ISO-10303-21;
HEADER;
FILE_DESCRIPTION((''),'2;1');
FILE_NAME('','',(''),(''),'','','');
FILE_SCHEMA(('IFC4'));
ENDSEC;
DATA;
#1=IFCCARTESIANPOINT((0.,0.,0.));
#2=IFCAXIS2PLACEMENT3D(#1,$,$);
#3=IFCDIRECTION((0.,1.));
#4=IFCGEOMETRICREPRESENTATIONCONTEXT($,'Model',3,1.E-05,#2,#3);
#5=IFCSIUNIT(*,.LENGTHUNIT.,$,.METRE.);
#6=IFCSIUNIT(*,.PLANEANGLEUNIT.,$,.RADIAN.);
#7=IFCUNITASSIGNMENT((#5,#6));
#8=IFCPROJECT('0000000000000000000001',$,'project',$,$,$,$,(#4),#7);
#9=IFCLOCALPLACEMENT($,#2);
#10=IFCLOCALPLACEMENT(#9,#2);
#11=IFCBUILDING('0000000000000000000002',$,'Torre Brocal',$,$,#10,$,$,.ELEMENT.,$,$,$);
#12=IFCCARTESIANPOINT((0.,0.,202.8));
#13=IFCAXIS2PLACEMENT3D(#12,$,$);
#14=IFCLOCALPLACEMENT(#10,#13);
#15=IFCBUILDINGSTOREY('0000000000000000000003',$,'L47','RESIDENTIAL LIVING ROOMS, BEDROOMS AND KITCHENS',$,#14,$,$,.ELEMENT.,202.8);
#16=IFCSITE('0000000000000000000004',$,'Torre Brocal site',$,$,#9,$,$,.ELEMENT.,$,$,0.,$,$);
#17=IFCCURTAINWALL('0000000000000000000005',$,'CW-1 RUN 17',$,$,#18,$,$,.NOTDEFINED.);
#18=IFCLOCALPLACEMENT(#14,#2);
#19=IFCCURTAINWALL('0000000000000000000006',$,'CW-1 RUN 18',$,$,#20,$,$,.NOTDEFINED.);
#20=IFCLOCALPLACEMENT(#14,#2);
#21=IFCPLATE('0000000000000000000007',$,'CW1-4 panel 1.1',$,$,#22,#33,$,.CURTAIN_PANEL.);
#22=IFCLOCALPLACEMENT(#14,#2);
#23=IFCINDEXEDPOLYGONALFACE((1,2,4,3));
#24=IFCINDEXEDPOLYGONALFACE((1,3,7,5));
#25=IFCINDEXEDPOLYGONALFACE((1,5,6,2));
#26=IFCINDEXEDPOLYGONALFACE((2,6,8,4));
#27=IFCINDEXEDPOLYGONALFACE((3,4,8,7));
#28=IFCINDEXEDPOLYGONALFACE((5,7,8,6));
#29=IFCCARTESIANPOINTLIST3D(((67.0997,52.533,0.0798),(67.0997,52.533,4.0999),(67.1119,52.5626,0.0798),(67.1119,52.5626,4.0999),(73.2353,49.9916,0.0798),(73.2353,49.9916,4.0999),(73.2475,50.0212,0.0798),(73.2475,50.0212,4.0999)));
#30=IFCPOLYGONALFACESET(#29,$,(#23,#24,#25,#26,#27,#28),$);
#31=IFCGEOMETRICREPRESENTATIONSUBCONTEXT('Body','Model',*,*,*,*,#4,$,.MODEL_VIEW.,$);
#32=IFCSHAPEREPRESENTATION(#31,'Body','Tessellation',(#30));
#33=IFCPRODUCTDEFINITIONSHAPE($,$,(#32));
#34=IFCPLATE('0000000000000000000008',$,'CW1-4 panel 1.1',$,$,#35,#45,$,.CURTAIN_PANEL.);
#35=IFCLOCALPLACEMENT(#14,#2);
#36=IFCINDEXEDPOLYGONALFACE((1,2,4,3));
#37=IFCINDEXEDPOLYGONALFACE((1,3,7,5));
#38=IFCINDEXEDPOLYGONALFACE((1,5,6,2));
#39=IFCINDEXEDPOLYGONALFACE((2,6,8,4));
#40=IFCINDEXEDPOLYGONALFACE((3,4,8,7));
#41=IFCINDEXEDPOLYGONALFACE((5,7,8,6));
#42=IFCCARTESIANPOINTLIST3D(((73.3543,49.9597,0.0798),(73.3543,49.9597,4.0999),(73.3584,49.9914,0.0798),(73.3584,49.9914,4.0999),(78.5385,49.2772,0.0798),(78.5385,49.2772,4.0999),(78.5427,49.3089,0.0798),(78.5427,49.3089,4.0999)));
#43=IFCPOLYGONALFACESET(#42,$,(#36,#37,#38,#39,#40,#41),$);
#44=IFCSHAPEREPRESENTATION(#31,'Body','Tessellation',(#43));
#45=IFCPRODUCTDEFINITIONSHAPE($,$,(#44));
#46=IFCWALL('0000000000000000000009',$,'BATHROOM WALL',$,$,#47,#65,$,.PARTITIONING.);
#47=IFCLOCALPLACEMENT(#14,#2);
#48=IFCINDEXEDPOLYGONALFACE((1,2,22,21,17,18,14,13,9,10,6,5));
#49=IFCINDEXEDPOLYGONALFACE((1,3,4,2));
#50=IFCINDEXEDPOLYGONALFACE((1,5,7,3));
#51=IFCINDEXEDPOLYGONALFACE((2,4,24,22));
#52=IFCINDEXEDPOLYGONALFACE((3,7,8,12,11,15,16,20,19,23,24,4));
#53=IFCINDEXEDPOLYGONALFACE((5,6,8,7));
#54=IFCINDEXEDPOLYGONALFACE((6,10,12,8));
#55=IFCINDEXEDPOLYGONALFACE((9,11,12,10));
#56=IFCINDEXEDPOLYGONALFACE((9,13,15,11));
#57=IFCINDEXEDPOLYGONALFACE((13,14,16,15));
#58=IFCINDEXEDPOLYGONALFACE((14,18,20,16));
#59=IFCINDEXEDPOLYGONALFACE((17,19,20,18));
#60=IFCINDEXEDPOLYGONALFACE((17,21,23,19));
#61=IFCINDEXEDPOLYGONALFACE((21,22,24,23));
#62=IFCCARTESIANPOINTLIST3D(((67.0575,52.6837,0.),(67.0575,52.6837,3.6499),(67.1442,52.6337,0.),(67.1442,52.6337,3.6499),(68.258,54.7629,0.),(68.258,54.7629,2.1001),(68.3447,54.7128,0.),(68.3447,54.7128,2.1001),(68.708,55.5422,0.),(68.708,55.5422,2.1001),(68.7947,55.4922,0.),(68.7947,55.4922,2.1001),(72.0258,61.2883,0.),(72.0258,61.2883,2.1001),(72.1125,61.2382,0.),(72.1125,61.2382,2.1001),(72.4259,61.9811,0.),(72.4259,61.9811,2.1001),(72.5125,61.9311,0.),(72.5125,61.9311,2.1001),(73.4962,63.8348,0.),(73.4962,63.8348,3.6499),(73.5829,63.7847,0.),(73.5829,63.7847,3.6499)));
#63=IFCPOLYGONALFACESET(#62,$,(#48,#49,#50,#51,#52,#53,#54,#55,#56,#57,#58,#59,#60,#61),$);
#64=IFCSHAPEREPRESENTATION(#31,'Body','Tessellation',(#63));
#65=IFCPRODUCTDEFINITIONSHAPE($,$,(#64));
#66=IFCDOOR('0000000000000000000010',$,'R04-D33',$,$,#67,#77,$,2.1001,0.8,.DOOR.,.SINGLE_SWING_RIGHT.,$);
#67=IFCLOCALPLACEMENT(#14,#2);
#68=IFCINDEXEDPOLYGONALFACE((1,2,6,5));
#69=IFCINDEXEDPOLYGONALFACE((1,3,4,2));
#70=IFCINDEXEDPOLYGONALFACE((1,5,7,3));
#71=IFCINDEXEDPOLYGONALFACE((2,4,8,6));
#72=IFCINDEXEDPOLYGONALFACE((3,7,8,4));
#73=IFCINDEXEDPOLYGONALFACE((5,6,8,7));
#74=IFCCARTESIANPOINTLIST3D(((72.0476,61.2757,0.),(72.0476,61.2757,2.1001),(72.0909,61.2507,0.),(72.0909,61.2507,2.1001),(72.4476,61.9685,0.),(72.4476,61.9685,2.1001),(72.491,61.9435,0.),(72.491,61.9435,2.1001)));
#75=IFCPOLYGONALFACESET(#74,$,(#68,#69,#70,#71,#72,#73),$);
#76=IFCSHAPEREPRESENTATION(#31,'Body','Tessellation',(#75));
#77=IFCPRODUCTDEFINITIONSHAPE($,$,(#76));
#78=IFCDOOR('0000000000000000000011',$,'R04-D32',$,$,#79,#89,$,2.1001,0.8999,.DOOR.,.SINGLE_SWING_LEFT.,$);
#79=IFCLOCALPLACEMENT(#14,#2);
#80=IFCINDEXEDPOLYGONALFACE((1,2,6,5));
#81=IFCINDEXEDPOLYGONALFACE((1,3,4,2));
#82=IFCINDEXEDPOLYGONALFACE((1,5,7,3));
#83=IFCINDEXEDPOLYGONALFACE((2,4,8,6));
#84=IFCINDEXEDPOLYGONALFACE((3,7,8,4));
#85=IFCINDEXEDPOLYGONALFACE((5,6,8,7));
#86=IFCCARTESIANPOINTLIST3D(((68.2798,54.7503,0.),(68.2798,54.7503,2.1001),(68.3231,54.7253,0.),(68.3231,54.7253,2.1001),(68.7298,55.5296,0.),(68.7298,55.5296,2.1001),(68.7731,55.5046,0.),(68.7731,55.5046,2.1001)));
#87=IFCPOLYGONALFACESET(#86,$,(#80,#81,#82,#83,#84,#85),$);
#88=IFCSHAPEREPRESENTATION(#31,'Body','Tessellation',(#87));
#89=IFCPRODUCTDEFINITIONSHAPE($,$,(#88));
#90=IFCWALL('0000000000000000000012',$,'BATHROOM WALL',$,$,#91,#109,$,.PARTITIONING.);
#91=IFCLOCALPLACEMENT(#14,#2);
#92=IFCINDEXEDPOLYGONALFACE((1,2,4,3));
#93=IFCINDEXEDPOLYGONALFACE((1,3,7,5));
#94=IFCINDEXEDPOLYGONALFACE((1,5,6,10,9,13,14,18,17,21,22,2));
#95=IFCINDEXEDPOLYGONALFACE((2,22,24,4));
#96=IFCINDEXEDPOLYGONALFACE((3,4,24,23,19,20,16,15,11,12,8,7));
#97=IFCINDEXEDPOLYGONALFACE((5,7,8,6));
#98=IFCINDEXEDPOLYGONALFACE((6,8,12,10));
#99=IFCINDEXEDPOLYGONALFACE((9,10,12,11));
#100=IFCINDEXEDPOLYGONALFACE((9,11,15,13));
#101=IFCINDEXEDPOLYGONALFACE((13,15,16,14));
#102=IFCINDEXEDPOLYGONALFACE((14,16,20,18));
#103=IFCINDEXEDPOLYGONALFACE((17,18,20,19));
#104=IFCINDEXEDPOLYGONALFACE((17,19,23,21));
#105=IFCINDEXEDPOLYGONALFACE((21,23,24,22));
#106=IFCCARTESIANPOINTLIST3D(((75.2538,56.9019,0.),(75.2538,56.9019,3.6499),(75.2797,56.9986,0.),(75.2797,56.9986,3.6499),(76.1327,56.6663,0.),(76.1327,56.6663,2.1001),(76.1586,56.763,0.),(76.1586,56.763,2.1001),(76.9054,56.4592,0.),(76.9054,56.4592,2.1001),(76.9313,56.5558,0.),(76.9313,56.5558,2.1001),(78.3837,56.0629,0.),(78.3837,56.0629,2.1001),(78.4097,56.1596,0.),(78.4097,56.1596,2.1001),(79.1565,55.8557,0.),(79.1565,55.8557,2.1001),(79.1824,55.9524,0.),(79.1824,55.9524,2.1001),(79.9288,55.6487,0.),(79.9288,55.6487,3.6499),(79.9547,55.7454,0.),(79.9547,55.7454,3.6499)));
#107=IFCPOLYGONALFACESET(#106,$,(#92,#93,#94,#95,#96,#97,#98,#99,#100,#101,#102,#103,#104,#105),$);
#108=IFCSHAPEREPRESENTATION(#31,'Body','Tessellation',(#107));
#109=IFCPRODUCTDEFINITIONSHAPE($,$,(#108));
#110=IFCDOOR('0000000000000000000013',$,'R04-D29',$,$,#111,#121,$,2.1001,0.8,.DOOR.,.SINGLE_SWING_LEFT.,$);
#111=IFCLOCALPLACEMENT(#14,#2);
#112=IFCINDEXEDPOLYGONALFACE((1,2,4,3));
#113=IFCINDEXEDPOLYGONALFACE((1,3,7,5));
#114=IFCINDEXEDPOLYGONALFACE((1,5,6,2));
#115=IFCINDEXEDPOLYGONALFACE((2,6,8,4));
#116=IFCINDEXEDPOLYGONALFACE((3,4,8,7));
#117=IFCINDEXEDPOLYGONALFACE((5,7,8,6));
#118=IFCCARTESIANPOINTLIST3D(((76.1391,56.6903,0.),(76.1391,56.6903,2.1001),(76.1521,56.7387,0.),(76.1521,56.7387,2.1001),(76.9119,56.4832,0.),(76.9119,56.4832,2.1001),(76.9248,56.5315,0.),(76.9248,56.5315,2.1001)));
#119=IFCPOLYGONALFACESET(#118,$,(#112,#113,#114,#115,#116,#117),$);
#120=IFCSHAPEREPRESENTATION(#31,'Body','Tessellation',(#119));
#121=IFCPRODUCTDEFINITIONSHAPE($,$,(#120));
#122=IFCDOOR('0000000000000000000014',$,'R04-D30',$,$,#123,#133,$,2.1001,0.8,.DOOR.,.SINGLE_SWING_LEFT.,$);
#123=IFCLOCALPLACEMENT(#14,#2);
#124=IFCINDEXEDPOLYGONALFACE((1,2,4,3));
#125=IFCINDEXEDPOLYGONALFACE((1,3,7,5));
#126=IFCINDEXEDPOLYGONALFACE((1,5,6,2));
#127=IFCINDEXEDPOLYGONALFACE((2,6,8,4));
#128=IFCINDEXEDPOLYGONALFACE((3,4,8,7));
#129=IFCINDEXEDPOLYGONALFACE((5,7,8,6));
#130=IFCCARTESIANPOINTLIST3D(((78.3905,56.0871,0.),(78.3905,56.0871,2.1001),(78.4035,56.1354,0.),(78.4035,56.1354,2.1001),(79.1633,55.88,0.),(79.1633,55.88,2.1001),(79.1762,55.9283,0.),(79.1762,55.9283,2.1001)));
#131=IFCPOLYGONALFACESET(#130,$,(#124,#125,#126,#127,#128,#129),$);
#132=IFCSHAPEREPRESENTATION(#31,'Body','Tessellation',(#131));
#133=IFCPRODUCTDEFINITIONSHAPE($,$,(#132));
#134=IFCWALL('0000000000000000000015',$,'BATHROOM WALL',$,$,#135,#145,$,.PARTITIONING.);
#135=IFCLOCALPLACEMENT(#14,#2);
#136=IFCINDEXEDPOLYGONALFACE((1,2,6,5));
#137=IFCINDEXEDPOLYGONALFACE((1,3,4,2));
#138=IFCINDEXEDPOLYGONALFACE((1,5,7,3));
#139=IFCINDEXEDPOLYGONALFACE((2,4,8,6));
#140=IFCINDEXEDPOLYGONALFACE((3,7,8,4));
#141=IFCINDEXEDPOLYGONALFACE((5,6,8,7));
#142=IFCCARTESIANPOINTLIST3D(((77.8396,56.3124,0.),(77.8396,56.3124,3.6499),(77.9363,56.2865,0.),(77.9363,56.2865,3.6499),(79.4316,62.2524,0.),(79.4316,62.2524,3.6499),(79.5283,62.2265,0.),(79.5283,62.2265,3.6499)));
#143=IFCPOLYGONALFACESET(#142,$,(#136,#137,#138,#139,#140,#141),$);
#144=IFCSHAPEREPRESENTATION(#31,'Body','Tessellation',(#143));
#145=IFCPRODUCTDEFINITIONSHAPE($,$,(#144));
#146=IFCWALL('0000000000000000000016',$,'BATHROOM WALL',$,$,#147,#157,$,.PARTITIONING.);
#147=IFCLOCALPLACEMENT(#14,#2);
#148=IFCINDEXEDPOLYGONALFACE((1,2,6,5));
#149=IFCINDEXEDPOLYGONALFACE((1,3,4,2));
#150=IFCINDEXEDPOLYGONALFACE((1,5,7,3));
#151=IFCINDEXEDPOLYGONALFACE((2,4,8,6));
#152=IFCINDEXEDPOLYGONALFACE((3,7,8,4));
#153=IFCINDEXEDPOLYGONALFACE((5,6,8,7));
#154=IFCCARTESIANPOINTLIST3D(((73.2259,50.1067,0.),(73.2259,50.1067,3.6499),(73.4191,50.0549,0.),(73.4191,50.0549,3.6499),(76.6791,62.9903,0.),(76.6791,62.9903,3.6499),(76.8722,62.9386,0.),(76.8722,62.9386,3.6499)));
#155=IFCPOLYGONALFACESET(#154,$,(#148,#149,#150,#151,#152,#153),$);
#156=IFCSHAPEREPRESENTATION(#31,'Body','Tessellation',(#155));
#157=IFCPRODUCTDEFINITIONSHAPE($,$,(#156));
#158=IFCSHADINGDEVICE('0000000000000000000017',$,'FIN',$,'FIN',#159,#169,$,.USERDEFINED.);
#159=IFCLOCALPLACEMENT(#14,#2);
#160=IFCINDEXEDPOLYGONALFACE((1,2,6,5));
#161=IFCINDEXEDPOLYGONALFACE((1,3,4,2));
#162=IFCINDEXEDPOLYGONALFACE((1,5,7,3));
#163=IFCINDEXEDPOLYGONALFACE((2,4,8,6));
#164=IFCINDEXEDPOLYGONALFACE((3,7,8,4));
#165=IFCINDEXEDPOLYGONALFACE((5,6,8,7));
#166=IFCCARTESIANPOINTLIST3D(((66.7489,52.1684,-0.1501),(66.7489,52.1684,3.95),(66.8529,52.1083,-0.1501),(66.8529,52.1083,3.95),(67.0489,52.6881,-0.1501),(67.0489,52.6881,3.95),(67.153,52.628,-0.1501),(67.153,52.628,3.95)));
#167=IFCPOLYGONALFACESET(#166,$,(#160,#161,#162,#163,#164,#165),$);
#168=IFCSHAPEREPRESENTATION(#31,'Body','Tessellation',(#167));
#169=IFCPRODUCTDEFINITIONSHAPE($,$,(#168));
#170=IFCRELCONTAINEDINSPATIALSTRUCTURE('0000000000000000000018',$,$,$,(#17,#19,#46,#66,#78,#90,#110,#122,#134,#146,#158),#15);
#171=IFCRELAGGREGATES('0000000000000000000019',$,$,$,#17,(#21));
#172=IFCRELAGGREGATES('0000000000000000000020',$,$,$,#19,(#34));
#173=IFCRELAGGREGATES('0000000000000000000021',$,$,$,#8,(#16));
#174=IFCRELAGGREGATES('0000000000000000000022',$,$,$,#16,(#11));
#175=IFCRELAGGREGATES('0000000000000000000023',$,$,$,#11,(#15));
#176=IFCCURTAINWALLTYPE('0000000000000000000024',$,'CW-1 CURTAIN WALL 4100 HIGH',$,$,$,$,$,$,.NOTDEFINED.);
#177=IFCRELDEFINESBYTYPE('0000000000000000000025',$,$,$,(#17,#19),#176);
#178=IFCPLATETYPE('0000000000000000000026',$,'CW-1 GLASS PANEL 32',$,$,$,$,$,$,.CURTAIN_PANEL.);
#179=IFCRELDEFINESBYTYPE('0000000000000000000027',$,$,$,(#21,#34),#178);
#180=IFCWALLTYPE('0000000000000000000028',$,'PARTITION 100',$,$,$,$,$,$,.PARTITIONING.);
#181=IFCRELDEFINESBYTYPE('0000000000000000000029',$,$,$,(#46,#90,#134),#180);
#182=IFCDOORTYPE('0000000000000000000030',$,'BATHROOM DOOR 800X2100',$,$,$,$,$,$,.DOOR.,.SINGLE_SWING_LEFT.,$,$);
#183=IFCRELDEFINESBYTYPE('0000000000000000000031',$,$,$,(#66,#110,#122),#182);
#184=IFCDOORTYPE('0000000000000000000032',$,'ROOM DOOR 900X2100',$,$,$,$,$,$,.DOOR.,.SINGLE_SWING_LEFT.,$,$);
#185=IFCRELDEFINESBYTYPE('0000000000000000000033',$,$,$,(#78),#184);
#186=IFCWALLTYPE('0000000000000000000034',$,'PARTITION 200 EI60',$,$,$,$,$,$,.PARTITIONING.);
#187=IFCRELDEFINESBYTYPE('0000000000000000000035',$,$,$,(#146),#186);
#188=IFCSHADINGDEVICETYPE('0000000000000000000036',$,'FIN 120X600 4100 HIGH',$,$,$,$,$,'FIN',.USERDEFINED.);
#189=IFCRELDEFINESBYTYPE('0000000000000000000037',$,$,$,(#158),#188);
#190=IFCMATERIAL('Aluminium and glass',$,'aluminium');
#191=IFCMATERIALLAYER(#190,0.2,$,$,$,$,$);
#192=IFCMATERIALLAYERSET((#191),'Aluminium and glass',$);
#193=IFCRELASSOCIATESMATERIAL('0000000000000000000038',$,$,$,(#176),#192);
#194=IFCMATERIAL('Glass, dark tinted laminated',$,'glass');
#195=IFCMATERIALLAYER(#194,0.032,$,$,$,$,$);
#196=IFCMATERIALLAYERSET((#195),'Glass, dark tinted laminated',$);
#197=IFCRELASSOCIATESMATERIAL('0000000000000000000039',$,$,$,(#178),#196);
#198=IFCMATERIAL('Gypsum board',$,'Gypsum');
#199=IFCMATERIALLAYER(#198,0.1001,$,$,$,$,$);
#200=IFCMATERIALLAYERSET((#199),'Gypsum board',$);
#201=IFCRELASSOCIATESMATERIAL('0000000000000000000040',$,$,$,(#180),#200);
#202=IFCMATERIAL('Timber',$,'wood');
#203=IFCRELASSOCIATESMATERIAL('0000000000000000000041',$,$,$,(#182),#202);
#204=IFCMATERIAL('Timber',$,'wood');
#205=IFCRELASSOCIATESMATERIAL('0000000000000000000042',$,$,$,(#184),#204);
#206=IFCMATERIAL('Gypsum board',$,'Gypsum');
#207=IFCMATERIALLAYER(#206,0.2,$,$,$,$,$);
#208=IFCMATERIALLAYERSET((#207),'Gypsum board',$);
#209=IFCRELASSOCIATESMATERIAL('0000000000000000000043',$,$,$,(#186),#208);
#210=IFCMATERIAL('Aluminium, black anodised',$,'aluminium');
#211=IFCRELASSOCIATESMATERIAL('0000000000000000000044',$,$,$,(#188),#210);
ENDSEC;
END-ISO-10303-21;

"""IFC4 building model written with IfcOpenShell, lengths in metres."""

from ifc_helpers import new_model, si_unit, direction, frame, frame_2d, origin, origin_2d, place, context, subcontext, project, spatial, rectangle, extrude, material, layer, layer_set, material_profile, profile_set, type_object, element, fill, aggregate, save


model = new_model("IFC4")

# Units and contexts
model_context = context("Model", 3, precision=1e-05, world=origin(), true_north=direction((0.0, 1.0)))
body_context = subcontext(model_context, "Body", "Model", "MODEL_VIEW")
ifc_project = project(units=[si_unit("LENGTHUNIT", "METRE"), si_unit("PLANEANGLEUNIT", "RADIAN")], contexts=[model_context])

# Site, building, storey
site_placement = place(None, origin())
site = spatial("IfcSite", under=ifc_project, at=site_placement, Name="Torre Brocal site", CompositionType="ELEMENT", RefElevation=0.0)
building_placement = place(site_placement, origin())
building = spatial("IfcBuilding", under=site, at=building_placement, Name="Torre Brocal", CompositionType="ELEMENT")
storey_placement = place(building_placement, frame((0.0, 0.0, 202.8)))
storey = spatial("IfcBuildingStorey", under=building, at=storey_placement, Name="L47", Description="RESIDENTIAL LIVING ROOMS, BEDROOMS AND KITCHENS", CompositionType="ELEMENT", Elevation=202.8)

# Shared definitions
ifc_material_1 = material(Name="Aluminium and glass", Category="aluminium")
ifc_layer_1 = layer(ifc_material_1, 0.2)
ifc_layer_set_1 = layer_set([ifc_layer_1], Name="Aluminium and glass")
curtain_wall_type = type_object("IfcCurtainWallType", Name="CW-1 CURTAIN WALL 4100 HIGH", PredefinedType="NOTDEFINED", material=ifc_layer_set_1)

# Curtain walls
curtain_wall_1_placement = place(storey_placement, origin())
curtain_wall_1 = element("IfcCurtainWall", 1, at=curtain_wall_1_placement, inside=storey, type_object=curtain_wall_type, Name="CW-1 RUN 17", PredefinedType="NOTDEFINED")
curtain_wall_2_placement = place(storey_placement, origin())
curtain_wall_2 = element("IfcCurtainWall", 2, at=curtain_wall_2_placement, inside=storey, type_object=curtain_wall_type, Name="CW-1 RUN 18", PredefinedType="NOTDEFINED")

# Plates
ifc_material_2 = material(Name="Glass, dark tinted laminated", Category="glass")
ifc_layer_2 = layer(ifc_material_2, 0.032)
ifc_layer_set_2 = layer_set([ifc_layer_2], Name="Glass, dark tinted laminated")
plate_type = type_object("IfcPlateType", Name="CW-1 GLASS PANEL 32", PredefinedType="CURTAIN_PANEL", material=ifc_layer_set_2)
plate_1_placement = place(storey_placement, frame((70.1736, 51.2771, 0.0798), z_axis=(0.0, 0.0, 1.0), x_axis=(0.92388, -0.382683, 0.0)))
plate_1 = element("IfcPlate", 3, at=plate_1_placement, type_object=plate_type, Name="CW1-4 panel 1.1", PredefinedType="CURTAIN_PANEL", context=body_context, shape_type="SweptSolid", body=[
    extrude(rectangle(XDim=6.6411, YDim=0.032, at=origin_2d()), origin(), (0.0, 0.0, 1.0), 4.02),
])
aggregate(curtain_wall_1, [plate_1])
plate_2_placement = place(storey_placement, frame((75.9485, 49.6343, 0.0798), z_axis=(0.0, 0.0, 1.0), x_axis=(0.991445, -0.130526, 0.0)))
plate_2 = element("IfcPlate", 4, at=plate_2_placement, type_object=plate_type, Name="CW1-4 panel 1.1", PredefinedType="CURTAIN_PANEL", context=body_context, shape_type="SweptSolid", body=[
    extrude(rectangle(XDim=5.229, YDim=0.032, at=origin_2d()), origin(), (0.0, 0.0, 1.0), 4.02),
])
aggregate(curtain_wall_2, [plate_2])

# Walls, openings, doors
ifc_material_3 = material(Name="Gypsum board", Category="Gypsum")
ifc_layer_3 = layer(ifc_material_3, 0.1001)
ifc_layer_set_3 = layer_set([ifc_layer_3], Name="Gypsum board")
wall_type_1 = type_object("IfcWallType", Name="PARTITION 100", PredefinedType="PARTITIONING", material=ifc_layer_set_3)
wall_1_placement = place(storey_placement, frame((67.1008, 52.6587, 0.0), z_axis=(0.0, 0.0, 1.0), x_axis=(0.500036, 0.866005, 0.0)))
wall_1 = element("IfcWall", 5, at=wall_1_placement, inside=storey, type_object=wall_type_1, Name="BATHROOM WALL", PredefinedType="PARTITIONING", context=body_context, shape_type="SweptSolid", body=[
    extrude(rectangle(XDim=12.8765, YDim=0.1001, at=frame_2d((6.4382, 0.0))), origin(), (0.0, 0.0, 1.0), 3.6499),
])
opening_1_placement = place(wall_1_placement, frame((2.4009, 0.0, 0.0)))
opening_1 = element("IfcOpeningElement", 6, at=opening_1_placement, cuts=wall_1, PredefinedType="OPENING", context=body_context, shape_type="SweptSolid", body=[
    extrude(rectangle(XDim=0.8999, YDim=2.1001, at=frame_2d((0.45, 1.05))), frame((0.0, 0.0601, 0.0), z_axis=(0.0, -1.0, 0.0), x_axis=(1.0, 0.0, 0.0)), (0.0, 0.0, 1.0), 0.1201),
])
opening_2_placement = place(wall_1_placement, frame((9.936, 0.0, 0.0)))
opening_2 = element("IfcOpeningElement", 7, at=opening_2_placement, cuts=wall_1, PredefinedType="OPENING", context=body_context, shape_type="SweptSolid", body=[
    extrude(rectangle(XDim=0.8, YDim=2.1001, at=frame_2d((0.3999, 1.05))), frame((0.0, 0.0601, 0.0), z_axis=(0.0, -1.0, 0.0), x_axis=(1.0, 0.0, 0.0)), (0.0, 0.0, 1.0), 0.1201),
])
ifc_material_4 = material(Name="Timber", Category="wood")
door_type_1 = type_object("IfcDoorType", Name="BATHROOM DOOR 800X2100", OperationType="SINGLE_SWING_LEFT", PredefinedType="DOOR", material=ifc_material_4)
door_1_placement = place(opening_2_placement, origin())
door_1 = element("IfcDoor", 8, at=door_1_placement, inside=storey, type_object=door_type_1, Name="R04-D33", OperationType="SINGLE_SWING_RIGHT", OverallHeight=2.1001, OverallWidth=0.8, PredefinedType="DOOR", context=body_context, shape_type="SweptSolid", body=[
    extrude(rectangle(XDim=0.8, YDim=2.1001, at=frame_2d((0.3999, 1.05))), frame((0.0, 0.0249, 0.0), z_axis=(0.0, -1.0, 0.0), x_axis=(1.0, 0.0, 0.0)), (0.0, 0.0, 1.0), 0.05),
])
fill(opening_2, door_1)
ifc_material_5 = material(Name="Timber", Category="wood")
door_type_2 = type_object("IfcDoorType", Name="ROOM DOOR 900X2100", OperationType="SINGLE_SWING_LEFT", PredefinedType="DOOR", material=ifc_material_5)
door_2_placement = place(opening_1_placement, origin())
door_2 = element("IfcDoor", 9, at=door_2_placement, inside=storey, type_object=door_type_2, Name="R04-D32", OperationType="SINGLE_SWING_LEFT", OverallHeight=2.1001, OverallWidth=0.8999, PredefinedType="DOOR", context=body_context, shape_type="SweptSolid", body=[
    extrude(rectangle(XDim=0.8999, YDim=2.1001, at=frame_2d((0.45, 1.05))), frame((0.0, 0.0249, 0.0), z_axis=(0.0, -1.0, 0.0), x_axis=(1.0, 0.0, 0.0)), (0.0, 0.0, 1.0), 0.05),
])
fill(opening_1, door_2)
wall_2_placement = place(storey_placement, frame((75.2668, 56.9502, 0.0), z_axis=(0.0, 0.0, 1.0), x_axis=(0.9659, -0.258915, 0.0)))
wall_2 = element("IfcWall", 10, at=wall_2_placement, inside=storey, type_object=wall_type_1, Name="BATHROOM WALL", PredefinedType="PARTITIONING", context=body_context, shape_type="SweptSolid", body=[
    extrude(rectangle(XDim=4.8401, YDim=0.1001, at=frame_2d((2.4199, 0.0))), origin(), (0.0, 0.0, 1.0), 3.6499),
])
opening_3_placement = place(wall_2_placement, frame((0.9099, 0.0, 0.0)))
opening_3 = element("IfcOpeningElement", 11, at=opening_3_placement, cuts=wall_2, PredefinedType="OPENING", context=body_context, shape_type="SweptSolid", body=[
    extrude(rectangle(XDim=0.8, YDim=2.1001, at=frame_2d((0.3999, 1.05))), frame((0.0, 0.0601, 0.0), z_axis=(0.0, -1.0, 0.0), x_axis=(1.0, 0.0, 0.0)), (0.0, 0.0, 1.0), 0.1201),
])
opening_4_placement = place(wall_2_placement, frame((3.2405, 0.0, 0.0)))
opening_4 = element("IfcOpeningElement", 12, at=opening_4_placement, cuts=wall_2, PredefinedType="OPENING", context=body_context, shape_type="SweptSolid", body=[
    extrude(rectangle(XDim=0.8, YDim=2.1001, at=frame_2d((0.3999, 1.05))), frame((0.0, 0.0601, 0.0), z_axis=(0.0, -1.0, 0.0), x_axis=(1.0, 0.0, 0.0)), (0.0, 0.0, 1.0), 0.1201),
])
door_3_placement = place(opening_3_placement, origin())
door_3 = element("IfcDoor", 13, at=door_3_placement, inside=storey, type_object=door_type_1, Name="R04-D29", OperationType="SINGLE_SWING_LEFT", OverallHeight=2.1001, OverallWidth=0.8, PredefinedType="DOOR", context=body_context, shape_type="SweptSolid", body=[
    extrude(rectangle(XDim=0.8, YDim=2.1001, at=frame_2d((0.3999, 1.05))), frame((0.0, 0.0249, 0.0), z_axis=(0.0, -1.0, 0.0), x_axis=(1.0, 0.0, 0.0)), (0.0, 0.0, 1.0), 0.05),
])
fill(opening_3, door_3)
door_4_placement = place(opening_4_placement, frame((0.8, 0.0, 0.0), z_axis=(0.0, 0.0, 1.0), x_axis=(-1.0, 0.0, 0.0)))
door_4 = element("IfcDoor", 14, at=door_4_placement, inside=storey, type_object=door_type_1, Name="R04-D30", OperationType="SINGLE_SWING_LEFT", OverallHeight=2.1001, OverallWidth=0.8, PredefinedType="DOOR", context=body_context, shape_type="SweptSolid", body=[
    extrude(rectangle(XDim=0.8, YDim=2.1001, at=frame_2d((0.3999, 1.05))), frame((0.0, 0.0249, 0.0), z_axis=(0.0, -1.0, 0.0), x_axis=(1.0, 0.0, 0.0)), (0.0, 0.0, 1.0), 0.05),
])
fill(opening_4, door_4)

# Walls
wall_3_placement = place(storey_placement, frame((77.8879, 56.2996, 0.0), z_axis=(0.0, 0.0, 1.0), x_axis=(0.258886, 0.965908, 0.0)))
element("IfcWall", 15, at=wall_3_placement, inside=storey, type_object=wall_type_1, Name="BATHROOM WALL", PredefinedType="PARTITIONING", context=body_context, shape_type="SweptSolid", body=[
    extrude(rectangle(XDim=6.1497, YDim=0.1001, at=frame_2d((3.0747, 0.0))), origin(), (0.0, 0.0, 1.0), 3.6499),
])
ifc_material_6 = material(Name="Gypsum board", Category="Gypsum")
ifc_layer_4 = layer(ifc_material_6, 0.2)
ifc_layer_set_4 = layer_set([ifc_layer_4], Name="Gypsum board")
wall_type_2 = type_object("IfcWallType", Name="PARTITION 200 EI60", PredefinedType="PARTITIONING", material=ifc_layer_set_4)
wall_4_placement = place(storey_placement, frame((73.3225, 50.0808, 0.0), z_axis=(0.0, 0.0, 1.0), x_axis=(0.258888, 0.965907, 0.0)))
element("IfcWall", 16, at=wall_4_placement, inside=storey, type_object=wall_type_2, Name="BATHROOM WALL", PredefinedType="PARTITIONING", context=body_context, shape_type="SweptSolid", body=[
    extrude(rectangle(XDim=13.3384, YDim=0.2, at=frame_2d((6.6692, 0.0))), origin(), (0.0, 0.0, 1.0), 3.6499),
])

# Shading device
ifc_material_7 = material(Name="Aluminium, black anodised", Category="aluminium")
ifc_material_profile_1 = material_profile(ifc_material_7, rectangle(XDim=0.1201, YDim=0.6001, at=origin_2d()), Name="FIN 120X600 4100 HIGH")
ifc_profile_set_1 = profile_set([ifc_material_profile_1], Name="Aluminium, black anodised")
shading_device_type = type_object("IfcShadingDeviceType", Name="FIN 120X600 4100 HIGH", ElementType="FIN", PredefinedType="USERDEFINED", material=ifc_profile_set_1)
for number, where, z_axis, x_axis, name in (
    (17, (66.9509, 52.3982, -0.1501), (0.0, 0.0, 1.0), (0.866025, -0.5, 0.0), "FIN"),
):
    element("IfcShadingDevice", number, at=place(storey_placement, frame(where, z_axis=z_axis, x_axis=x_axis)), inside=storey, type_object=shading_device_type, Name=name, ObjectType="FIN", PredefinedType="USERDEFINED", context=body_context, shape_type="SweptSolid", body=[
        extrude(rectangle(XDim=0.1201, YDim=0.6001, at=origin_2d()), origin(), (0.0, 0.0, 1.0), 4.1001),
    ])

save(model, "model.ifc")
